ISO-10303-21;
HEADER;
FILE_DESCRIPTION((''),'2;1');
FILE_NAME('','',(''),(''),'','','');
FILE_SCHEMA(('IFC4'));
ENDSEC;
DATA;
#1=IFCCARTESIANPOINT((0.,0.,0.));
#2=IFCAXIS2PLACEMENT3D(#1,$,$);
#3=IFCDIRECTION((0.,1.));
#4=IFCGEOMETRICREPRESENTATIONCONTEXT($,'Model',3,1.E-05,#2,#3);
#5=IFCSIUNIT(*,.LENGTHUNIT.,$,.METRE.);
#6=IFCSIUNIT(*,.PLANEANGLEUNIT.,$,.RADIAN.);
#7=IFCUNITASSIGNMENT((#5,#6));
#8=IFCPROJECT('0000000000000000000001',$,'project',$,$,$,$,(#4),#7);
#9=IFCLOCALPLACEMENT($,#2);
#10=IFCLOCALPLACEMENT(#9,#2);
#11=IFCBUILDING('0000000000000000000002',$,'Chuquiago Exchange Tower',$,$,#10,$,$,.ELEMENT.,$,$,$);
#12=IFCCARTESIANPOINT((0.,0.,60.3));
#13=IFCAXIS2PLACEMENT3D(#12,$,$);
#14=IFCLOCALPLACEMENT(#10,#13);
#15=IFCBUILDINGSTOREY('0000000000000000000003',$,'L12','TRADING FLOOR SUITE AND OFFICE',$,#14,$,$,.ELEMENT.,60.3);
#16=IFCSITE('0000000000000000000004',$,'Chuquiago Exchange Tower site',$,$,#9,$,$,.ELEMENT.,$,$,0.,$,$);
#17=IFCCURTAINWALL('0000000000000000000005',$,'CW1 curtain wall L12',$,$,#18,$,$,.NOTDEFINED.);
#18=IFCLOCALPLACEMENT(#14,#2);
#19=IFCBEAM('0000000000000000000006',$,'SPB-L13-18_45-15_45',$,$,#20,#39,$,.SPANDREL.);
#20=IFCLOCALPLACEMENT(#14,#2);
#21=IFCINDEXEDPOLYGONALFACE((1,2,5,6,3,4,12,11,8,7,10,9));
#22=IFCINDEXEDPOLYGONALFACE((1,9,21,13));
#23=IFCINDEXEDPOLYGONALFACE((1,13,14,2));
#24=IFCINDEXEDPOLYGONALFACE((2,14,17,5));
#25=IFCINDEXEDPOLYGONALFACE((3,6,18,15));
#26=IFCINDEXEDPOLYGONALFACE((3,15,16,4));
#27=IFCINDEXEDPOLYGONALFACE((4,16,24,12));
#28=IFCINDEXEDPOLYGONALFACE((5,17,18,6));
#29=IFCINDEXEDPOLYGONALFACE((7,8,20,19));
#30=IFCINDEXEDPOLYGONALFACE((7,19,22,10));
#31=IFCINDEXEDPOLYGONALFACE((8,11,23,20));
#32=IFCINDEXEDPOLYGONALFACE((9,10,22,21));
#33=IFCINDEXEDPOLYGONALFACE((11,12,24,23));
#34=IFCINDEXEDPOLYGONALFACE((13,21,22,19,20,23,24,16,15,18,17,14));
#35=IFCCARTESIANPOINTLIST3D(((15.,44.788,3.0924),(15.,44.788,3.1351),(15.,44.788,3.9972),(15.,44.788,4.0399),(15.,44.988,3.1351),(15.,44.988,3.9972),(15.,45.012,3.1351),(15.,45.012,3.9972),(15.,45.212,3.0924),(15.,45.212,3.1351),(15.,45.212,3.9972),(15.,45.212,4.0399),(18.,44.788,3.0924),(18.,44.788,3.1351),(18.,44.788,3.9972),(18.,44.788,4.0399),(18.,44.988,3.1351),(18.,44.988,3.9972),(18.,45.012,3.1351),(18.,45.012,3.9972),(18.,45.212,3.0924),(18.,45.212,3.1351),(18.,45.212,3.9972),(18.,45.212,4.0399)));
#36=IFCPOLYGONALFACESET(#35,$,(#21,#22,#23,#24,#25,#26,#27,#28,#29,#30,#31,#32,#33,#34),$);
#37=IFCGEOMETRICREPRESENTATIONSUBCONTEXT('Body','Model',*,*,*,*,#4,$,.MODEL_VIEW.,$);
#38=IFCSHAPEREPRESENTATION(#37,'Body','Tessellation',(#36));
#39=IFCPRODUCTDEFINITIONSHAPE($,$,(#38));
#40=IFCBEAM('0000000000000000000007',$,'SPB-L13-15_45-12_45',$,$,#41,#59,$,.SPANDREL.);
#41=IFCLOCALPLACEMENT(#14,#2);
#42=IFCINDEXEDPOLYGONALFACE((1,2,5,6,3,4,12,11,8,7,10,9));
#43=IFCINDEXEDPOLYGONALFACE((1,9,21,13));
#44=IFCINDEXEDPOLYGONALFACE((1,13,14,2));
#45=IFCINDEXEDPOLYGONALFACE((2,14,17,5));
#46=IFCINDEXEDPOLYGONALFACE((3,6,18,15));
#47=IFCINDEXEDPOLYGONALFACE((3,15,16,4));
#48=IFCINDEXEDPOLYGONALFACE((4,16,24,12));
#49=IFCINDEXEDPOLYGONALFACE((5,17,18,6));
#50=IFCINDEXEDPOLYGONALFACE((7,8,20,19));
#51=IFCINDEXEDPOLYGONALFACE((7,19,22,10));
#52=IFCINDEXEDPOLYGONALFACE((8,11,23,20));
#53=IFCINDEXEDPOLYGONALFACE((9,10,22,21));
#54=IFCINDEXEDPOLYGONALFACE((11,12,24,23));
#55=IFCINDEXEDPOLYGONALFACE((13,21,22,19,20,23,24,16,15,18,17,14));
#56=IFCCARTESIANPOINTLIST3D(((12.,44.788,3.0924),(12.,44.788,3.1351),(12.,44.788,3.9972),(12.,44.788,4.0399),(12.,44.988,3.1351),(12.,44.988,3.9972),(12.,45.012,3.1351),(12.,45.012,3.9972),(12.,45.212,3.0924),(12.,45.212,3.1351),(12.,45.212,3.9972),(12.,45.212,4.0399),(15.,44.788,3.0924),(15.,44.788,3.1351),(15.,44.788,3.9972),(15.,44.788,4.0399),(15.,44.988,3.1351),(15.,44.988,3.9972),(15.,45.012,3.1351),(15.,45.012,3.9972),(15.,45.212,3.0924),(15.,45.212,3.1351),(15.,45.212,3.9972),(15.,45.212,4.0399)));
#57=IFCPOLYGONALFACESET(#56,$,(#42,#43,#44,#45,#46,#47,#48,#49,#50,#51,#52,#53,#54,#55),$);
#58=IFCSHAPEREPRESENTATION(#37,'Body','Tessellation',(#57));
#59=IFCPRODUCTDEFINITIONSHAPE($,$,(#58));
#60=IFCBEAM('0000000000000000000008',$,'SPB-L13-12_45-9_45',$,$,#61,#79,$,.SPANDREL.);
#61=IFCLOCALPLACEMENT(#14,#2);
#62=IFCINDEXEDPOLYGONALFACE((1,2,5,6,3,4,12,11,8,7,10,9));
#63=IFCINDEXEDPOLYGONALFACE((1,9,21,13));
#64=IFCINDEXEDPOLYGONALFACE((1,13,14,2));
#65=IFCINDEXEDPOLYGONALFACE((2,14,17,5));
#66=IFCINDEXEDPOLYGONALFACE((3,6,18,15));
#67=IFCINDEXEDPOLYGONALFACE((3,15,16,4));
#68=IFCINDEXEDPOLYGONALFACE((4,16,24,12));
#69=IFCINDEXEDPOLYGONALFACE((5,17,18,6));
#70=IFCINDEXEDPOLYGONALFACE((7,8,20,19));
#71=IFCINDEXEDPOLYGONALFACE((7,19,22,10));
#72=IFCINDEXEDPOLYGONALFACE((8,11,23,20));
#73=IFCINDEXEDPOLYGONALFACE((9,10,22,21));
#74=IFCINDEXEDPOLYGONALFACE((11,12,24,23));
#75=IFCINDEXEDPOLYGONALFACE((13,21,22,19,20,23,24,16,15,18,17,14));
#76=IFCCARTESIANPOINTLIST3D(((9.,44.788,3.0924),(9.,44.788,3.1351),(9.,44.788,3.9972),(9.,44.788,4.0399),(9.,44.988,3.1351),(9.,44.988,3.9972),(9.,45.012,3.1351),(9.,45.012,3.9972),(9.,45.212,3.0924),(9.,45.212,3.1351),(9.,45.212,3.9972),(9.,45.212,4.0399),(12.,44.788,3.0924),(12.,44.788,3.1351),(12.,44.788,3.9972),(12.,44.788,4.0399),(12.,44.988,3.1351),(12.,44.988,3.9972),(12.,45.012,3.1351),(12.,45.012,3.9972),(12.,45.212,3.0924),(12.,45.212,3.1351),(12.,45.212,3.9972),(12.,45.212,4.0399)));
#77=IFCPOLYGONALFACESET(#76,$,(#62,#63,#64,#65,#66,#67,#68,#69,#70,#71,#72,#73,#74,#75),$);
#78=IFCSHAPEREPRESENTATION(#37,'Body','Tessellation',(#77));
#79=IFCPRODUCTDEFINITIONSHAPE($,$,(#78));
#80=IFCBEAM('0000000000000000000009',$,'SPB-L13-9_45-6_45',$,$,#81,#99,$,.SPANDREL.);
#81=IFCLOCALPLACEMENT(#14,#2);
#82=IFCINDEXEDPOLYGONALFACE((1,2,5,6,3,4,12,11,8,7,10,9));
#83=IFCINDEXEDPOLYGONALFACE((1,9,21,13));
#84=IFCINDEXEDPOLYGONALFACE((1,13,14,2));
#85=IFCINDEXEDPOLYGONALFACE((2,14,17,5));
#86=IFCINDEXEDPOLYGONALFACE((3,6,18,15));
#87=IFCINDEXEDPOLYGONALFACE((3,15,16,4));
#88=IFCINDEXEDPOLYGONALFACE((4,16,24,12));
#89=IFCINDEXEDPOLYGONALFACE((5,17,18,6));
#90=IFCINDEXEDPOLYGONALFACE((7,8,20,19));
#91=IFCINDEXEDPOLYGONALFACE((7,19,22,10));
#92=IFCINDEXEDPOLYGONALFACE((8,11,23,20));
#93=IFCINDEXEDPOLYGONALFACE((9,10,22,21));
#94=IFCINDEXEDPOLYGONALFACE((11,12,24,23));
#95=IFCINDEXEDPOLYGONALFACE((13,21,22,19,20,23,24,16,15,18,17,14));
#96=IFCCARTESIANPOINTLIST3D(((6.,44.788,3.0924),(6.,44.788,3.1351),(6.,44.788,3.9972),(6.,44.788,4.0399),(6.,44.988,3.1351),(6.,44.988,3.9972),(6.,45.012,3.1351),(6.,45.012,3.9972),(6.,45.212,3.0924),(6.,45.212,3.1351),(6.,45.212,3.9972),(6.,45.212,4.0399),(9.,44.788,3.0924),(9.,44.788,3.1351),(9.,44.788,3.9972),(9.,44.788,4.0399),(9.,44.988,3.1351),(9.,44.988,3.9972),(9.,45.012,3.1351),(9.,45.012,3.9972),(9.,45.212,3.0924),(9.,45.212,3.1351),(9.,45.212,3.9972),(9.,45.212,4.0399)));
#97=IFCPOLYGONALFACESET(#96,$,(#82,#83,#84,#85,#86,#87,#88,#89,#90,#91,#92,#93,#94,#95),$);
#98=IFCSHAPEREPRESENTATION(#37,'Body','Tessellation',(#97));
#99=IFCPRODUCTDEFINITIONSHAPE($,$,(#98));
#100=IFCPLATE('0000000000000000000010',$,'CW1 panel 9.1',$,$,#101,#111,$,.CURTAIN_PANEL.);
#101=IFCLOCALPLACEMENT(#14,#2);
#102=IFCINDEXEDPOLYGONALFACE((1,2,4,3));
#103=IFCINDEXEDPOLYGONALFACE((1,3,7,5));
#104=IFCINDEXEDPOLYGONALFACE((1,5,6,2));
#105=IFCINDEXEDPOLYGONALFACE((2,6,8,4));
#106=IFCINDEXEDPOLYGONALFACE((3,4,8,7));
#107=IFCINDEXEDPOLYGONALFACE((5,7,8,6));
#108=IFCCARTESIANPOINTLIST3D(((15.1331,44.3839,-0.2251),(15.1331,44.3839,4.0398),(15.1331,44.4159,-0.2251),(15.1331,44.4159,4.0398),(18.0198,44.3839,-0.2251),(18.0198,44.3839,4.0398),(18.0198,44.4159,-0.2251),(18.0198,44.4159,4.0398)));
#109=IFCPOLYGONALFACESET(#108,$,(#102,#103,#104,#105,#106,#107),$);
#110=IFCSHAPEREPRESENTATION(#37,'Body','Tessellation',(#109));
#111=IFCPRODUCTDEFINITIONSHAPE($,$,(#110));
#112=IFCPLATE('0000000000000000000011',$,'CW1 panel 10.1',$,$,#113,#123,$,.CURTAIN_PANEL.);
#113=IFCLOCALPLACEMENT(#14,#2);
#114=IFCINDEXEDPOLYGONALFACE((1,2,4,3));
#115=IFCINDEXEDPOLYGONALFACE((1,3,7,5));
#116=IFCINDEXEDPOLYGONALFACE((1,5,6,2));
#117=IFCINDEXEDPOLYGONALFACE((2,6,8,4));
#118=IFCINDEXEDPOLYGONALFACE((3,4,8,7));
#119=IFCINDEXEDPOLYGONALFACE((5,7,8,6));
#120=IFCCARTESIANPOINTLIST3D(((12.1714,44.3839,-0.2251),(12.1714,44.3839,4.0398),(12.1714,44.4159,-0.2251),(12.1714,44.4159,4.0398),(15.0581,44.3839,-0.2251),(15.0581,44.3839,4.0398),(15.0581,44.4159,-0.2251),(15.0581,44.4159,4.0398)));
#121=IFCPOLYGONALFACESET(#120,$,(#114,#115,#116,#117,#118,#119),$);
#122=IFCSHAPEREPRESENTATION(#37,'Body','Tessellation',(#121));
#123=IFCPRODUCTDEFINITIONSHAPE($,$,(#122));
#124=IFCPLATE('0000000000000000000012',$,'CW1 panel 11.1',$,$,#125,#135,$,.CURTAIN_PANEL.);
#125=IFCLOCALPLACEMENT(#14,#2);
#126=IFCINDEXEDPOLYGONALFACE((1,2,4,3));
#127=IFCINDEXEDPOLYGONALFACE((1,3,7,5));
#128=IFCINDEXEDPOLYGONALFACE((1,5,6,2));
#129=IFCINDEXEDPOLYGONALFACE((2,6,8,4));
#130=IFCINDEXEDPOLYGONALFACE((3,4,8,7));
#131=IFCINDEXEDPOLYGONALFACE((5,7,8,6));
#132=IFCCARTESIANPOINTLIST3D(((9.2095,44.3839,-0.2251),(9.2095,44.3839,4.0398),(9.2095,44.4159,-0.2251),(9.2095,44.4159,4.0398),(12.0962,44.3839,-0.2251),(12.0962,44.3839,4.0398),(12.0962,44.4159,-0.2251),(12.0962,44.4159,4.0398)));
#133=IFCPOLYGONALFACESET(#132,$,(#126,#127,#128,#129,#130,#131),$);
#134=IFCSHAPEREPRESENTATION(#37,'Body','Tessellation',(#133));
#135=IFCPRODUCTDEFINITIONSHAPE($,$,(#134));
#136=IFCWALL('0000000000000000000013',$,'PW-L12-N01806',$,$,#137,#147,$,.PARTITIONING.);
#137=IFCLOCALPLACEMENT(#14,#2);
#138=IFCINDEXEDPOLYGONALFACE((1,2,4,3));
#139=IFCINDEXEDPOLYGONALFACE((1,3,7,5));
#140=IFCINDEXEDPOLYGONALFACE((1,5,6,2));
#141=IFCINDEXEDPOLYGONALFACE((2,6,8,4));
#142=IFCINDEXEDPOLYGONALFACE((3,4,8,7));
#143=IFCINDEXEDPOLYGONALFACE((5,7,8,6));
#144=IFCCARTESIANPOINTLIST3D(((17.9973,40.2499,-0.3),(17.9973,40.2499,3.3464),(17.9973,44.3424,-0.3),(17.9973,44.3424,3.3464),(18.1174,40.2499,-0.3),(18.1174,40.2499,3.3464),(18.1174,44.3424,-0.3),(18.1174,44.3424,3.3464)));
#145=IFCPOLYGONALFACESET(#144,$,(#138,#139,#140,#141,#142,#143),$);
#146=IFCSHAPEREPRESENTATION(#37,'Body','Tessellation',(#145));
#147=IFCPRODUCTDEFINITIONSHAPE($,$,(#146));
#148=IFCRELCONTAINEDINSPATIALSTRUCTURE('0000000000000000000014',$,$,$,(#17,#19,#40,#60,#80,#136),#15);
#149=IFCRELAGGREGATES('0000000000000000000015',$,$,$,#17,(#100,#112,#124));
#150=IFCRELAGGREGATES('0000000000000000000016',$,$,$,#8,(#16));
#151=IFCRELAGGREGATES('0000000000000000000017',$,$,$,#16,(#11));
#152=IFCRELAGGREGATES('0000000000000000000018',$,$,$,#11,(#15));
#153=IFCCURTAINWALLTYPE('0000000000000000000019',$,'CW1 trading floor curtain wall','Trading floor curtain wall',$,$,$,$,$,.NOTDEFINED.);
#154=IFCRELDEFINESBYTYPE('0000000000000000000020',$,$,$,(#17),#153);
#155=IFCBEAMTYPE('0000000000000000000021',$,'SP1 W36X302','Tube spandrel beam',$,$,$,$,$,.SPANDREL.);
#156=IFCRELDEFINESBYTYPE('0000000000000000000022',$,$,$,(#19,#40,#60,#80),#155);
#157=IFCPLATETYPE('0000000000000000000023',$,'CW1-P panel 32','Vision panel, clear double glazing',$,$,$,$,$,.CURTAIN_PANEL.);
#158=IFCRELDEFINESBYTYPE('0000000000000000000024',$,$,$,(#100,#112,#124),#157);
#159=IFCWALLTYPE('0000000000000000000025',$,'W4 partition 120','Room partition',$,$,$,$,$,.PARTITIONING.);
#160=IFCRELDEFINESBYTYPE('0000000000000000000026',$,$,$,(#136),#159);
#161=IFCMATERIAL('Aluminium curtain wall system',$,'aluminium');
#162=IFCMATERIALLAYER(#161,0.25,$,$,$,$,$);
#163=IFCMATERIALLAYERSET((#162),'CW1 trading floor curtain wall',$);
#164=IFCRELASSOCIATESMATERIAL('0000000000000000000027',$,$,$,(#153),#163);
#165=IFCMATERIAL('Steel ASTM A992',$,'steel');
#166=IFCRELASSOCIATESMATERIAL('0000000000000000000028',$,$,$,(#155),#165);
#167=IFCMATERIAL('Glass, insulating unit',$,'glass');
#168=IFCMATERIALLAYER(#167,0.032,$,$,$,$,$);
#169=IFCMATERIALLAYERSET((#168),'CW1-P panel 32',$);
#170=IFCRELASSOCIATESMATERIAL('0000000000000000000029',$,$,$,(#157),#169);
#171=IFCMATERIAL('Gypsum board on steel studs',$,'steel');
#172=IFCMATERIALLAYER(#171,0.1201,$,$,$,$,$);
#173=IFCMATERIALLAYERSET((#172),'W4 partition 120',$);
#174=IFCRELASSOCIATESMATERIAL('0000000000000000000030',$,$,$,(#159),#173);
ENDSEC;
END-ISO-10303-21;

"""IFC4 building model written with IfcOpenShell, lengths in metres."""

from ifc_helpers import new_model, si_unit, direction, frame, frame_2d, origin, origin_2d, place, context, subcontext, project, spatial, rectangle, i_section, extrude, material, layer, layer_set, material_profile, profile_set, type_object, element, aggregate, save


model = new_model("IFC4")

# Units and contexts
model_context = context("Model", 3, precision=1e-05, world=origin(), true_north=direction((0.0, 1.0)))
body_context = subcontext(model_context, "Body", "Model", "MODEL_VIEW")
ifc_project = project(units=[si_unit("LENGTHUNIT", "METRE"), si_unit("PLANEANGLEUNIT", "RADIAN")], contexts=[model_context])

# Site, building, storey
site_placement = place(None, origin())
site = spatial("IfcSite", under=ifc_project, at=site_placement, Name="Chuquiago Exchange Tower site", CompositionType="ELEMENT", RefElevation=0.0)
building_placement = place(site_placement, origin())
building = spatial("IfcBuilding", under=site, at=building_placement, Name="Chuquiago Exchange Tower", CompositionType="ELEMENT")
storey_placement = place(building_placement, frame((0.0, 0.0, 60.3)))
storey = spatial("IfcBuildingStorey", under=building, at=storey_placement, Name="L12", Description="TRADING FLOOR SUITE AND OFFICE", CompositionType="ELEMENT", Elevation=60.3)

# Curtain wall
ifc_material_1 = material(Name="Aluminium curtain wall system", Category="aluminium")
ifc_layer_1 = layer(ifc_material_1, 0.25)
ifc_layer_set_1 = layer_set([ifc_layer_1], Name="CW1 trading floor curtain wall")
curtain_wall_type = type_object("IfcCurtainWallType", Name="CW1 trading floor curtain wall", Description="Trading floor curtain wall", PredefinedType="NOTDEFINED", material=ifc_layer_set_1)
curtain_wall_placement = place(storey_placement, origin())
curtain_wall = element("IfcCurtainWall", 1, at=curtain_wall_placement, inside=storey, type_object=curtain_wall_type, Name="CW1 curtain wall L12", PredefinedType="NOTDEFINED")

# Beams
ifc_material_2 = material(Name="Steel ASTM A992", Category="steel")
ifc_material_profile_1 = material_profile(ifc_material_2, i_section(OverallWidth=0.4241, OverallDepth=0.9475, WebThickness=0.0239, FlangeThickness=0.0427, at=origin_2d()), Name="W36X302")
ifc_profile_set_1 = profile_set([ifc_material_profile_1], Name="Steel ASTM A992")
beam_type = type_object("IfcBeamType", Name="SP1 W36X302", Description="Tube spandrel beam", PredefinedType="SPANDREL", material=ifc_profile_set_1)
for number, where, z_axis, x_axis, name in (
    (2, (18.0, 45.0, 3.5662), (-1.0, 0.0, 0.0), (0.0, -1.0, 0.0), "SPB-L13-18_45-15_45"),
    (3, (15.0, 45.0, 3.5662), (-1.0, 0.0, 0.0), (0.0, -1.0, 0.0), "SPB-L13-15_45-12_45"),
    (4, (12.0, 45.0, 3.5662), (-1.0, 0.0, 0.0), (0.0, -1.0, 0.0), "SPB-L13-12_45-9_45"),
    (5, (9.0, 45.0, 3.5662), (-1.0, 0.0, 0.0), (0.0, -1.0, 0.0), "SPB-L13-9_45-6_45"),
):
    element("IfcBeam", number, at=place(storey_placement, frame(where, z_axis=z_axis, x_axis=x_axis)), inside=storey, type_object=beam_type, Name=name, PredefinedType="SPANDREL", context=body_context, shape_type="SweptSolid", body=[
        extrude(i_section(OverallWidth=0.4241, OverallDepth=0.9475, WebThickness=0.0239, FlangeThickness=0.0427, at=origin_2d()), origin(), (0.0, 0.0, 1.0), 3.0),
    ])

# Plates
ifc_material_3 = material(Name="Glass, insulating unit", Category="glass")
ifc_layer_2 = layer(ifc_material_3, 0.032)
ifc_layer_set_2 = layer_set([ifc_layer_2], Name="CW1-P panel 32")
plate_type = type_object("IfcPlateType", Name="CW1-P panel 32", Description="Vision panel, clear double glazing", PredefinedType="CURTAIN_PANEL", material=ifc_layer_set_2)
plate_1_placement = place(storey_placement, frame((16.5764, 44.3999, -0.2251), z_axis=(0.0, 0.0, 1.0), x_axis=(-1.0, 0.0, 0.0)))
plate_1 = element("IfcPlate", 6, at=plate_1_placement, type_object=plate_type, Name="CW1 panel 9.1", PredefinedType="CURTAIN_PANEL", context=body_context, shape_type="SweptSolid", body=[
    extrude(rectangle(XDim=2.8867, YDim=0.032, at=origin_2d()), origin(), (0.0, 0.0, 1.0), 4.2649),
])
plate_2_placement = place(storey_placement, frame((13.6147, 44.3999, -0.2251), z_axis=(0.0, 0.0, 1.0), x_axis=(-1.0, 0.0, 0.0)))
plate_2 = element("IfcPlate", 7, at=plate_2_placement, type_object=plate_type, Name="CW1 panel 10.1", PredefinedType="CURTAIN_PANEL", context=body_context, shape_type="SweptSolid", body=[
    extrude(rectangle(XDim=2.8867, YDim=0.032, at=origin_2d()), origin(), (0.0, 0.0, 1.0), 4.2649),
])
plate_3_placement = place(storey_placement, frame((10.6528, 44.3999, -0.2251), z_axis=(0.0, 0.0, 1.0), x_axis=(-1.0, 0.0, 0.0)))
plate_3 = element("IfcPlate", 8, at=plate_3_placement, type_object=plate_type, Name="CW1 panel 11.1", PredefinedType="CURTAIN_PANEL", context=body_context, shape_type="SweptSolid", body=[
    extrude(rectangle(XDim=2.8867, YDim=0.032, at=origin_2d()), origin(), (0.0, 0.0, 1.0), 4.2649),
])
aggregate(curtain_wall, [plate_1, plate_2, plate_3])

# Wall
ifc_material_4 = material(Name="Gypsum board on steel studs", Category="steel")
ifc_layer_3 = layer(ifc_material_4, 0.1201)
ifc_layer_set_3 = layer_set([ifc_layer_3], Name="W4 partition 120")
wall_type = type_object("IfcWallType", Name="W4 partition 120", Description="Room partition", PredefinedType="PARTITIONING", material=ifc_layer_set_3)
wall_placement = place(storey_placement, frame((18.0574, 44.3425, -0.3), z_axis=(0.0, 0.0, 1.0), x_axis=(0.0, -1.0, 0.0)))
element("IfcWall", 9, at=wall_placement, inside=storey, type_object=wall_type, Name="PW-L12-N01806", PredefinedType="PARTITIONING", context=body_context, shape_type="SweptSolid", body=[
    extrude(rectangle(XDim=4.0925, YDim=0.1201, at=frame_2d((2.0464, 0.0))), origin(), (0.0, 0.0, 1.0), 3.6465),
])

save(model, "model.ifc")
